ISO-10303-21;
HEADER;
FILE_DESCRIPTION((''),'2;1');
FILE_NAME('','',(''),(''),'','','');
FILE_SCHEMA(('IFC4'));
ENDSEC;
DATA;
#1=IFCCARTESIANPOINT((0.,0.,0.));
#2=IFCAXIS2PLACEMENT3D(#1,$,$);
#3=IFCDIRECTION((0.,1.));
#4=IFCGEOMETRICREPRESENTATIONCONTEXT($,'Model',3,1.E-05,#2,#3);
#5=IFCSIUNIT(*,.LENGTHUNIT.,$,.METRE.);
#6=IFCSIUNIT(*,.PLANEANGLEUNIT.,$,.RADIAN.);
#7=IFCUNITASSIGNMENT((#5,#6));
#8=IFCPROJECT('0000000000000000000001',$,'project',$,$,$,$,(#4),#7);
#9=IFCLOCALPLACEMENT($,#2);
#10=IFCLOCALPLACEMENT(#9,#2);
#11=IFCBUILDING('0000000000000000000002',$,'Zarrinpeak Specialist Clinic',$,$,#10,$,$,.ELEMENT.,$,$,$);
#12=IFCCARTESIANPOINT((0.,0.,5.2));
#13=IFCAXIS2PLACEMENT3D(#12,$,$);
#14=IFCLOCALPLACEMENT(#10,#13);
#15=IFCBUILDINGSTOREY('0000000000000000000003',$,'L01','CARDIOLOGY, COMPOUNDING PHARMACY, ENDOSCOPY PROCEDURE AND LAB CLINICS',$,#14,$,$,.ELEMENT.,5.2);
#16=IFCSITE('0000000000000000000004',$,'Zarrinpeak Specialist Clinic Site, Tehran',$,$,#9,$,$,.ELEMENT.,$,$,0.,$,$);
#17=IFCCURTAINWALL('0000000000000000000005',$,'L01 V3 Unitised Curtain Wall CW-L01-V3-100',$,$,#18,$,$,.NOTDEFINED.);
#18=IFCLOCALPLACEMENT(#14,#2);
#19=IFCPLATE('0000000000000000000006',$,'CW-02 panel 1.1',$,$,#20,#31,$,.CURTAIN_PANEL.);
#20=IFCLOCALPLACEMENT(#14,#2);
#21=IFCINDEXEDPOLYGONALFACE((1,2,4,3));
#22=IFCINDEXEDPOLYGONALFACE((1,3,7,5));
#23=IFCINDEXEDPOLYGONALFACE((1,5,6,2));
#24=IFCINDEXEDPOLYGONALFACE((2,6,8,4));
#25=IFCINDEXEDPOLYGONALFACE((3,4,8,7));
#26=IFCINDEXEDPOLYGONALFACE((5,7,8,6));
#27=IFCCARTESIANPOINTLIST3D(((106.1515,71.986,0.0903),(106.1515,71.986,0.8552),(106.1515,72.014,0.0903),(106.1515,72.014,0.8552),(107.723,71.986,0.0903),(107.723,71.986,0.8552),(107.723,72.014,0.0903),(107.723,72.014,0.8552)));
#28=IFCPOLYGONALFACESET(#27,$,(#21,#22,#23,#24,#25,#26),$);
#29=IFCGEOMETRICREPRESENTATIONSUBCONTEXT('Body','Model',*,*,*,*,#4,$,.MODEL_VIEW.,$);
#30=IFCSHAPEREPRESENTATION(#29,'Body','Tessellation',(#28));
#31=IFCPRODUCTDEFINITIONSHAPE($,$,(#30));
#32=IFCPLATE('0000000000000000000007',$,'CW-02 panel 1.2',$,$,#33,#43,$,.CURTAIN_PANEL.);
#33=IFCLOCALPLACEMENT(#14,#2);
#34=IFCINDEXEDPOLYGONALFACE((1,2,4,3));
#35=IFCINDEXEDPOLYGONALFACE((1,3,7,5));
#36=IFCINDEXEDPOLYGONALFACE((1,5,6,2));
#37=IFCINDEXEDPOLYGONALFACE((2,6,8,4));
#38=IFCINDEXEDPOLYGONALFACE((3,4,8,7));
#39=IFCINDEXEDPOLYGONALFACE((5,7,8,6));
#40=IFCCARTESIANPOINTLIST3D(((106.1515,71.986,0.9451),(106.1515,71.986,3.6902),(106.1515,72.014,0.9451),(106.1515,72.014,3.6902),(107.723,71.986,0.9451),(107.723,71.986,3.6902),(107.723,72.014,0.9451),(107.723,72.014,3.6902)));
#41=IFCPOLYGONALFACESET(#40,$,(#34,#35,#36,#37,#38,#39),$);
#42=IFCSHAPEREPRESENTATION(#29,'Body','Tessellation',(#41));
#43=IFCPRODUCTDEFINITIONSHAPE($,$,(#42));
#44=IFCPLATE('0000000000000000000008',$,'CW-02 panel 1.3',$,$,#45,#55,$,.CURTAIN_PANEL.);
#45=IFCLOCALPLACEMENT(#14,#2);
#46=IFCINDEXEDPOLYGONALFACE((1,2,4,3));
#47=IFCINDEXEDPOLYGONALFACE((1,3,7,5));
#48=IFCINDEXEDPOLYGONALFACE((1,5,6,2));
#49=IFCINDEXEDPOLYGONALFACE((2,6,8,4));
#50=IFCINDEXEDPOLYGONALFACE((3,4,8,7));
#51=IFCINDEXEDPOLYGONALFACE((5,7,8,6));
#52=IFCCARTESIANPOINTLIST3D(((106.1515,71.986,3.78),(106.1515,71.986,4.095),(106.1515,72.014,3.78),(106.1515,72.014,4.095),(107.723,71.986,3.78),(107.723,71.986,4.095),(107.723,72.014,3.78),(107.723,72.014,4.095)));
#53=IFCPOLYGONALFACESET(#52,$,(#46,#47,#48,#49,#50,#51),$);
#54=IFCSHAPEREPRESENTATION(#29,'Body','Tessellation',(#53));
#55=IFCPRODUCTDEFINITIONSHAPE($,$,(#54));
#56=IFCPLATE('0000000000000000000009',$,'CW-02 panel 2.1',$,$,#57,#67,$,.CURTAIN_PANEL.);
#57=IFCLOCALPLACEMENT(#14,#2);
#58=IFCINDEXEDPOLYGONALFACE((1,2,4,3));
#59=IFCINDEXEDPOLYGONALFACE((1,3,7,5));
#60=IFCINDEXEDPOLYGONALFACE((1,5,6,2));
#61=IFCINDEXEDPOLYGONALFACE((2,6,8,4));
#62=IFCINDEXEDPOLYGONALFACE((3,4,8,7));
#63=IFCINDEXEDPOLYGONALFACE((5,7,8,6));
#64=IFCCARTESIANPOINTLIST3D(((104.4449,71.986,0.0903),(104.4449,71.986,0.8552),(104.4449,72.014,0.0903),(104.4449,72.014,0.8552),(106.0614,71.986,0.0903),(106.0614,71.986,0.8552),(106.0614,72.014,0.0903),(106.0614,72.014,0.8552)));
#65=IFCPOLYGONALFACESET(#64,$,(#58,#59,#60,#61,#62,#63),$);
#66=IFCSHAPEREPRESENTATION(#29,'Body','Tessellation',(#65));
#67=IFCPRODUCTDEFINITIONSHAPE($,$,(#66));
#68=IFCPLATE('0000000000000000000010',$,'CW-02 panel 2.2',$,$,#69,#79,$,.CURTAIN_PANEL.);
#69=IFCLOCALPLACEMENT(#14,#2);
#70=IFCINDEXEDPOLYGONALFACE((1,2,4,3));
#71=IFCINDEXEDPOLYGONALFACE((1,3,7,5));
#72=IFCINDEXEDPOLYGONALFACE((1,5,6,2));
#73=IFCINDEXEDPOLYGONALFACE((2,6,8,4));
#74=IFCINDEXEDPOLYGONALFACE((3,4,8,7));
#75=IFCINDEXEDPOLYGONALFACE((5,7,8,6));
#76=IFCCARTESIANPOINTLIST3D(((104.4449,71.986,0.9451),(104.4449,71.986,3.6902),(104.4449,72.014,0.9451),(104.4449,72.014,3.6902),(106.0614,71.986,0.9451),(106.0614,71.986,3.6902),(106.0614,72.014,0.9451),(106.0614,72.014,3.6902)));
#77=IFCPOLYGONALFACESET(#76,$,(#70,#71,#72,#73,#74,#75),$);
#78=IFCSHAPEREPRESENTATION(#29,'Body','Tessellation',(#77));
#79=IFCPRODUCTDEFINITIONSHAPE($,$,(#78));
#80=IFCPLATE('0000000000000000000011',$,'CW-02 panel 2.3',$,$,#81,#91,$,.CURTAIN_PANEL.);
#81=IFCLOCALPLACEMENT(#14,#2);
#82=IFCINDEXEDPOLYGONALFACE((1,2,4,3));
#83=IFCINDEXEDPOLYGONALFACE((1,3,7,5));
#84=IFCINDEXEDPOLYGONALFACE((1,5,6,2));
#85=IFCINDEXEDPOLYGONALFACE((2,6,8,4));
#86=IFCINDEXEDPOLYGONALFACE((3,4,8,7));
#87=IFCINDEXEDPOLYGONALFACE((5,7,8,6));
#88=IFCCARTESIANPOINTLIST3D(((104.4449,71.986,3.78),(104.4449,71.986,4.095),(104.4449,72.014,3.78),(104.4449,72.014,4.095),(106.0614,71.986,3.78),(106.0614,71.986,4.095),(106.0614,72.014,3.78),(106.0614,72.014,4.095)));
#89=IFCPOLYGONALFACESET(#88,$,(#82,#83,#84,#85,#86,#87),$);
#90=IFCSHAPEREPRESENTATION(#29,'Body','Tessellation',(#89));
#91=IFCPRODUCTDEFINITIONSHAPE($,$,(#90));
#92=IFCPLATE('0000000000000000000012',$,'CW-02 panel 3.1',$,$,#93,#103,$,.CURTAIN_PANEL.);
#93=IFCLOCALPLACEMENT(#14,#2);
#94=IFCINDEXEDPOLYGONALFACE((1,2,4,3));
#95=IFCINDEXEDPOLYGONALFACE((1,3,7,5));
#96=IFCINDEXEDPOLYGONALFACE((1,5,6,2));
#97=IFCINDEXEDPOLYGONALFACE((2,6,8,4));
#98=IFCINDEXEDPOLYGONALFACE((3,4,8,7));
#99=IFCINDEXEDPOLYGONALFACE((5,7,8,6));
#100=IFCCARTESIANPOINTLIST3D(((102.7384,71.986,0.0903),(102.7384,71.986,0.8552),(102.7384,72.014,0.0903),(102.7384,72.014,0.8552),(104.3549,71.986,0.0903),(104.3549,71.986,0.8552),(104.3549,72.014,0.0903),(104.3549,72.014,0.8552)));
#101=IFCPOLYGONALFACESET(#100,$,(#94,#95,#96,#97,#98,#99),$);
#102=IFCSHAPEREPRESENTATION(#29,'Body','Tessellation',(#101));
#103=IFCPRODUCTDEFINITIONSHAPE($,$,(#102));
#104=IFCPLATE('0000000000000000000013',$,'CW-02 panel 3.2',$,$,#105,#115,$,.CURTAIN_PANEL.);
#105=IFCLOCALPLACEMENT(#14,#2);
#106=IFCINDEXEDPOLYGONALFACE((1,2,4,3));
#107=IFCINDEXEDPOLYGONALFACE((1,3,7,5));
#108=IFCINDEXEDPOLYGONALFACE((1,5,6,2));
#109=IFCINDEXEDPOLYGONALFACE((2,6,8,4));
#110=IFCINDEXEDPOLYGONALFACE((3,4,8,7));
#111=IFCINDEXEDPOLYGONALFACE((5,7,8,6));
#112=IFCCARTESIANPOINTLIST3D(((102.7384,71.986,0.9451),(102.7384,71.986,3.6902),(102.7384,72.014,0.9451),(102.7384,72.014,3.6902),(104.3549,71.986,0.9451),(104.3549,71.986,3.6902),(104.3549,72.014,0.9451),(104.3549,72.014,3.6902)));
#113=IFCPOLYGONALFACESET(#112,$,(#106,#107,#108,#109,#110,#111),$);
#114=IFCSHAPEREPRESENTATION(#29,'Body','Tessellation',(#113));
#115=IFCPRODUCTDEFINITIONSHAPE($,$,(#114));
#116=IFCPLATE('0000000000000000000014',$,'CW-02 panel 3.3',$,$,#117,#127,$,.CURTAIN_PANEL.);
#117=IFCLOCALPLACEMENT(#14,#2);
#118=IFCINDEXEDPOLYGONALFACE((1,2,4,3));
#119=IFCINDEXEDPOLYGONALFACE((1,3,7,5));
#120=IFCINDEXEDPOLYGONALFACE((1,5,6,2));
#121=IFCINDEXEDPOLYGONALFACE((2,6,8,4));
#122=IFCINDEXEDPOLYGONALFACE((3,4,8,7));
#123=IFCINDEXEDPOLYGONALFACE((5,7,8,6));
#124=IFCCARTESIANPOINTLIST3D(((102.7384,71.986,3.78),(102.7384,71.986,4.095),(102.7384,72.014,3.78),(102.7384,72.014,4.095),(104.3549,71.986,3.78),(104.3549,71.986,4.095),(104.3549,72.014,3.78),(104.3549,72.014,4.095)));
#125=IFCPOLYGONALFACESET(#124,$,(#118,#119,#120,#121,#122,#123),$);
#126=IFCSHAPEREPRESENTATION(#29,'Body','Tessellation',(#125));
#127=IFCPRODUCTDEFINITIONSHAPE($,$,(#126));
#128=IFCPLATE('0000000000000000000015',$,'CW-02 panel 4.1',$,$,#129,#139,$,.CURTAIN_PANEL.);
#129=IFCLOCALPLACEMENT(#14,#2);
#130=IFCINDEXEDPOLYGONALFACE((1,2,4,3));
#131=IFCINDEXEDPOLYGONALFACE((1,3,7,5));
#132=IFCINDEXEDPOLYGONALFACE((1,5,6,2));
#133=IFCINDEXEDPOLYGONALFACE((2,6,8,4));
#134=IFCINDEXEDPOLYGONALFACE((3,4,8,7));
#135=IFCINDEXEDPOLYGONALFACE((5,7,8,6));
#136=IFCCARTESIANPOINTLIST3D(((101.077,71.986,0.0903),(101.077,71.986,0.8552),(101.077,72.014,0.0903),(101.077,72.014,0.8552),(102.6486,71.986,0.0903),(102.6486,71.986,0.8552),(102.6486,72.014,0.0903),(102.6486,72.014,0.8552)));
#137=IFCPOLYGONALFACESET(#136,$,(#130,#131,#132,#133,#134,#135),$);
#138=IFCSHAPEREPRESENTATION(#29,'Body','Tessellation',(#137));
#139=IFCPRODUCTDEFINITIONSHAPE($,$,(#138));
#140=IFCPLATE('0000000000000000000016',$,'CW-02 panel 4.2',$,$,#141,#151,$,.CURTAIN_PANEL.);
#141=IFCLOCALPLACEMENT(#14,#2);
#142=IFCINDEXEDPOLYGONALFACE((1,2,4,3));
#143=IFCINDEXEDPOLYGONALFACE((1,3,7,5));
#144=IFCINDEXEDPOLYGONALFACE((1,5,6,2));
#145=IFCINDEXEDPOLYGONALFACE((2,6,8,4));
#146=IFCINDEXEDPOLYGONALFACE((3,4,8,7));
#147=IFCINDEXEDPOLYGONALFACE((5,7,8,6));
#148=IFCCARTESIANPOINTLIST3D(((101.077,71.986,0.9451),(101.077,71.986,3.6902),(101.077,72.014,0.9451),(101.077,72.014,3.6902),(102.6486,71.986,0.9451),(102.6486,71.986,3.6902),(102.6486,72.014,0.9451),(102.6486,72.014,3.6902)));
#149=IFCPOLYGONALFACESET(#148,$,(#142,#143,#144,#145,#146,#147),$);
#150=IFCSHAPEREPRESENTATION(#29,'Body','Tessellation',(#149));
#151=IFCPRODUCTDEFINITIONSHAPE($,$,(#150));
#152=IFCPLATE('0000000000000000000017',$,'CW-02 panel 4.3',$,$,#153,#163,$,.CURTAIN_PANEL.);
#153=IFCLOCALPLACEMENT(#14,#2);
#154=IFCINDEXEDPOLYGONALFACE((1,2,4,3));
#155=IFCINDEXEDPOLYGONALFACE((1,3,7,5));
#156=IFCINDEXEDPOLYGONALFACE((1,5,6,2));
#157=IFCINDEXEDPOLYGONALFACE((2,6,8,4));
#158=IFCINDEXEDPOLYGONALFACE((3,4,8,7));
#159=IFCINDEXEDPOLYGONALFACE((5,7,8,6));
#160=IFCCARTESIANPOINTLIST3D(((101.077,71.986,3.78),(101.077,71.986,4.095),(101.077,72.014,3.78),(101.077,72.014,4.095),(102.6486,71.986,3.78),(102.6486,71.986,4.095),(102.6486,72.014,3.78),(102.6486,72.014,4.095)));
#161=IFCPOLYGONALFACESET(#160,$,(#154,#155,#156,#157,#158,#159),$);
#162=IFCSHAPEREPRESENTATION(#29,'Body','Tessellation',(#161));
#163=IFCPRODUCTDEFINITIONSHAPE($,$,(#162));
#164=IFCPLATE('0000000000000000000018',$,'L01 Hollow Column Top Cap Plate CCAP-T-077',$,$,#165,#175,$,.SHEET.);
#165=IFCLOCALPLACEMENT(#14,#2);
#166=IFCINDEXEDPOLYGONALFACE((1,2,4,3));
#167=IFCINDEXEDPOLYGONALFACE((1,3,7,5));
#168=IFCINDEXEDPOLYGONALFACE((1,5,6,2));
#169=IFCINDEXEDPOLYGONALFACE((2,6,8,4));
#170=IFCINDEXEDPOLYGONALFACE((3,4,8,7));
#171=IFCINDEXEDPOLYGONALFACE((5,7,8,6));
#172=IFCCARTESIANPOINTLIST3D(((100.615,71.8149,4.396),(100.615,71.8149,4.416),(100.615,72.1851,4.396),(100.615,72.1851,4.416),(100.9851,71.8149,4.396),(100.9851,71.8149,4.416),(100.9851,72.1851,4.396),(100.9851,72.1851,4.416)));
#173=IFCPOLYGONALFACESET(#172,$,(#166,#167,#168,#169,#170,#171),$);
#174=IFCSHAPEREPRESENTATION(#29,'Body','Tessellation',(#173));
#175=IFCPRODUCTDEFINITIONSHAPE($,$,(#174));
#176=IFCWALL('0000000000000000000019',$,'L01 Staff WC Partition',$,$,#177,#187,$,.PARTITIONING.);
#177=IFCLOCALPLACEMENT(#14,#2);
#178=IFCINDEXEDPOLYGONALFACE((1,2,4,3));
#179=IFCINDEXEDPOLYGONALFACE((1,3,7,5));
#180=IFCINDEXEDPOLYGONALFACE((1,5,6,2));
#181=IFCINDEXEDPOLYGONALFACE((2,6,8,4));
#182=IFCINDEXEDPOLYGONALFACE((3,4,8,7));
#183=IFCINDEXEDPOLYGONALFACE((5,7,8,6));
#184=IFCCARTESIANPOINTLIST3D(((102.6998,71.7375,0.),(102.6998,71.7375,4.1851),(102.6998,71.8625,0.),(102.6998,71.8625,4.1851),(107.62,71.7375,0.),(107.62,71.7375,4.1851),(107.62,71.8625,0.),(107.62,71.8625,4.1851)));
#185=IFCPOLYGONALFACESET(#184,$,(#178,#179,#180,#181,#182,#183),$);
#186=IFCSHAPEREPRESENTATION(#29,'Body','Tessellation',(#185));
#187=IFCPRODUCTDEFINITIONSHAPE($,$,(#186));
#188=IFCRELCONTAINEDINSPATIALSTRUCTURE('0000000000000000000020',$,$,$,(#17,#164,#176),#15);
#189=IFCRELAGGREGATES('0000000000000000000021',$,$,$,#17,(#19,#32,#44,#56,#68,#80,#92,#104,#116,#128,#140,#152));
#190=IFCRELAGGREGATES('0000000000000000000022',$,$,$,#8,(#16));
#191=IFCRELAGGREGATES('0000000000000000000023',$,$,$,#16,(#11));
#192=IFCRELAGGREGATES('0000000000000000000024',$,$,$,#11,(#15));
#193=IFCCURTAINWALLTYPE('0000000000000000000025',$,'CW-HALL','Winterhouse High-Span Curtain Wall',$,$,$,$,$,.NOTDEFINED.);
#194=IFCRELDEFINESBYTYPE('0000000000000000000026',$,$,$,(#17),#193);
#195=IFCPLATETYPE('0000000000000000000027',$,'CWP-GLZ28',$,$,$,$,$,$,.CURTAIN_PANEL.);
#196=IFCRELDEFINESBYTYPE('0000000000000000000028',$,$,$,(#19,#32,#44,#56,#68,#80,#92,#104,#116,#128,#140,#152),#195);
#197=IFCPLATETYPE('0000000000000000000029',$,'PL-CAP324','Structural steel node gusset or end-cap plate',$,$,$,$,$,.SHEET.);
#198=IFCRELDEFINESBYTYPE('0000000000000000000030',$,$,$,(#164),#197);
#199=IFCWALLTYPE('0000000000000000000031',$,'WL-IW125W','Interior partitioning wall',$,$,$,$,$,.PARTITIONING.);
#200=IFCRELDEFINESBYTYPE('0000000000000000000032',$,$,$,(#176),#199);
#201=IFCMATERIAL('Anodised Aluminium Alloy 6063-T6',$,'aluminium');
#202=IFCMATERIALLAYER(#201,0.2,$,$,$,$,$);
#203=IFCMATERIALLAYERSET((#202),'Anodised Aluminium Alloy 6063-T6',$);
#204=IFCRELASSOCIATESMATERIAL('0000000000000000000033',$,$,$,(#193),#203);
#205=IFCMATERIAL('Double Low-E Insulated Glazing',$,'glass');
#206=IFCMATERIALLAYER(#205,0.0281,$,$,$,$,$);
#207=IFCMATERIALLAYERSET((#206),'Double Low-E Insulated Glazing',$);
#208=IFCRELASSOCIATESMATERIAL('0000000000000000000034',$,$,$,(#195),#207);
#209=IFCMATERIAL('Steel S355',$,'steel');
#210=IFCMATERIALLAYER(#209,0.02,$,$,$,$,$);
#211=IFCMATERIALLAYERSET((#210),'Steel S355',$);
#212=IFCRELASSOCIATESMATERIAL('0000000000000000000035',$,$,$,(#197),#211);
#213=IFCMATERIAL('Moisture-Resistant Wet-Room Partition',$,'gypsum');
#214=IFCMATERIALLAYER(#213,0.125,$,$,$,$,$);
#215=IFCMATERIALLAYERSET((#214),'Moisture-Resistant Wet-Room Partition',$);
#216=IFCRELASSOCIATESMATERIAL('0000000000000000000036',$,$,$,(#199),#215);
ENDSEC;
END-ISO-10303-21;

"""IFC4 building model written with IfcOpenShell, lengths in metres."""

from ifc_helpers import new_model, si_unit, direction, frame, frame_2d, origin, origin_2d, place, context, subcontext, project, spatial, rectangle, extrude, material, layer, layer_set, type_object, element, aggregate, save


model = new_model("IFC4")

# Units and contexts
model_context = context("Model", 3, precision=1e-05, world=origin(), true_north=direction((0.0, 1.0)))
body_context = subcontext(model_context, "Body", "Model", "MODEL_VIEW")
ifc_project = project(units=[si_unit("LENGTHUNIT", "METRE"), si_unit("PLANEANGLEUNIT", "RADIAN")], contexts=[model_context])

# Site, building, storey
site_placement = place(None, origin())
site = spatial("IfcSite", under=ifc_project, at=site_placement, Name="Zarrinpeak Specialist Clinic Site, Tehran", CompositionType="ELEMENT", RefElevation=0.0)
building_placement = place(site_placement, origin())
building = spatial("IfcBuilding", under=site, at=building_placement, Name="Zarrinpeak Specialist Clinic", CompositionType="ELEMENT")
storey_placement = place(building_placement, frame((0.0, 0.0, 5.2)))
storey = spatial("IfcBuildingStorey", under=building, at=storey_placement, Name="L01", Description="CARDIOLOGY, COMPOUNDING PHARMACY, ENDOSCOPY PROCEDURE AND LAB CLINICS", CompositionType="ELEMENT", Elevation=5.2)

# Shared definitions
ifc_material_1 = material(Name="Steel S355", Category="steel")

# Shared definitions
ifc_material_2 = material(Name="Anodised Aluminium Alloy 6063-T6", Category="aluminium")
ifc_layer_1 = layer(ifc_material_2, 0.2)
ifc_layer_set_1 = layer_set([ifc_layer_1], Name="Anodised Aluminium Alloy 6063-T6")
curtain_wall_type = type_object("IfcCurtainWallType", Name="CW-HALL", Description="Winterhouse High-Span Curtain Wall", PredefinedType="NOTDEFINED", material=ifc_layer_set_1)

# Curtain wall, plates
curtain_wall_1_placement = place(storey_placement, origin())
curtain_wall_1 = element("IfcCurtainWall", 1, at=curtain_wall_1_placement, inside=storey, type_object=curtain_wall_type, Name="L01 V3 Unitised Curtain Wall CW-L01-V3-100", PredefinedType="NOTDEFINED")
ifc_material_3 = material(Name="Double Low-E Insulated Glazing", Category="glass")
ifc_layer_2 = layer(ifc_material_3, 0.0281)
ifc_layer_set_2 = layer_set([ifc_layer_2], Name="Double Low-E Insulated Glazing")
plate_type_1 = type_object("IfcPlateType", Name="CWP-GLZ28", PredefinedType="CURTAIN_PANEL", material=ifc_layer_set_2)
plate_1_placement = place(storey_placement, frame((106.9373, 72.0, 0.0903), z_axis=(0.0, 0.0, 1.0), x_axis=(-1.0, 0.0, 0.0)))
plate_1 = element("IfcPlate", 2, at=plate_1_placement, type_object=plate_type_1, Name="CW-02 panel 1.1", PredefinedType="CURTAIN_PANEL", context=body_context, shape_type="SweptSolid", body=[
    extrude(rectangle(XDim=1.5715, YDim=0.0281, at=origin_2d()), origin(), (0.0, 0.0, 1.0), 0.7649),
])
plate_2_placement = place(storey_placement, frame((106.9373, 72.0, 0.9451), z_axis=(0.0, 0.0, 1.0), x_axis=(-1.0, 0.0, 0.0)))
plate_2 = element("IfcPlate", 3, at=plate_2_placement, type_object=plate_type_1, Name="CW-02 panel 1.2", PredefinedType="CURTAIN_PANEL", context=body_context, shape_type="SweptSolid", body=[
    extrude(rectangle(XDim=1.5715, YDim=0.0281, at=origin_2d()), origin(), (0.0, 0.0, 1.0), 2.7451),
])
plate_3_placement = place(storey_placement, frame((106.9373, 72.0, 3.78), z_axis=(0.0, 0.0, 1.0), x_axis=(-1.0, 0.0, 0.0)))
plate_3 = element("IfcPlate", 4, at=plate_3_placement, type_object=plate_type_1, Name="CW-02 panel 1.3", PredefinedType="CURTAIN_PANEL", context=body_context, shape_type="SweptSolid", body=[
    extrude(rectangle(XDim=1.5715, YDim=0.0281, at=origin_2d()), origin(), (0.0, 0.0, 1.0), 0.3149),
])
plate_4_placement = place(storey_placement, frame((105.2532, 72.0, 0.0903), z_axis=(0.0, 0.0, 1.0), x_axis=(-1.0, 0.0, 0.0)))
plate_4 = element("IfcPlate", 5, at=plate_4_placement, type_object=plate_type_1, Name="CW-02 panel 2.1", PredefinedType="CURTAIN_PANEL", context=body_context, shape_type="SweptSolid", body=[
    extrude(rectangle(XDim=1.6165, YDim=0.0281, at=origin_2d()), origin(), (0.0, 0.0, 1.0), 0.7649),
])
plate_5_placement = place(storey_placement, frame((105.2532, 72.0, 0.9451), z_axis=(0.0, 0.0, 1.0), x_axis=(-1.0, 0.0, 0.0)))
plate_5 = element("IfcPlate", 6, at=plate_5_placement, type_object=plate_type_1, Name="CW-02 panel 2.2", PredefinedType="CURTAIN_PANEL", context=body_context, shape_type="SweptSolid", body=[
    extrude(rectangle(XDim=1.6165, YDim=0.0281, at=origin_2d()), origin(), (0.0, 0.0, 1.0), 2.7451),
])
plate_6_placement = place(storey_placement, frame((105.2532, 72.0, 3.78), z_axis=(0.0, 0.0, 1.0), x_axis=(-1.0, 0.0, 0.0)))
plate_6 = element("IfcPlate", 7, at=plate_6_placement, type_object=plate_type_1, Name="CW-02 panel 2.3", PredefinedType="CURTAIN_PANEL", context=body_context, shape_type="SweptSolid", body=[
    extrude(rectangle(XDim=1.6165, YDim=0.0281, at=origin_2d()), origin(), (0.0, 0.0, 1.0), 0.3149),
])
plate_7_placement = place(storey_placement, frame((103.5466, 72.0, 0.0903), z_axis=(0.0, 0.0, 1.0), x_axis=(-1.0, 0.0, 0.0)))
plate_7 = element("IfcPlate", 8, at=plate_7_placement, type_object=plate_type_1, Name="CW-02 panel 3.1", PredefinedType="CURTAIN_PANEL", context=body_context, shape_type="SweptSolid", body=[
    extrude(rectangle(XDim=1.6165, YDim=0.0281, at=origin_2d()), origin(), (0.0, 0.0, 1.0), 0.7649),
])
plate_8_placement = place(storey_placement, frame((103.5466, 72.0, 0.9451), z_axis=(0.0, 0.0, 1.0), x_axis=(-1.0, 0.0, 0.0)))
plate_8 = element("IfcPlate", 9, at=plate_8_placement, type_object=plate_type_1, Name="CW-02 panel 3.2", PredefinedType="CURTAIN_PANEL", context=body_context, shape_type="SweptSolid", body=[
    extrude(rectangle(XDim=1.6165, YDim=0.0281, at=origin_2d()), origin(), (0.0, 0.0, 1.0), 2.7451),
])
plate_9_placement = place(storey_placement, frame((103.5466, 72.0, 3.78), z_axis=(0.0, 0.0, 1.0), x_axis=(-1.0, 0.0, 0.0)))
plate_9 = element("IfcPlate", 10, at=plate_9_placement, type_object=plate_type_1, Name="CW-02 panel 3.3", PredefinedType="CURTAIN_PANEL", context=body_context, shape_type="SweptSolid", body=[
    extrude(rectangle(XDim=1.6165, YDim=0.0281, at=origin_2d()), origin(), (0.0, 0.0, 1.0), 0.3149),
])
plate_10_placement = place(storey_placement, frame((101.8628, 72.0, 0.0903), z_axis=(0.0, 0.0, 1.0), x_axis=(-1.0, 0.0, 0.0)))
plate_10 = element("IfcPlate", 11, at=plate_10_placement, type_object=plate_type_1, Name="CW-02 panel 4.1", PredefinedType="CURTAIN_PANEL", context=body_context, shape_type="SweptSolid", body=[
    extrude(rectangle(XDim=1.5715, YDim=0.0281, at=origin_2d()), origin(), (0.0, 0.0, 1.0), 0.7649),
])
plate_11_placement = place(storey_placement, frame((101.8628, 72.0, 0.9451), z_axis=(0.0, 0.0, 1.0), x_axis=(-1.0, 0.0, 0.0)))
plate_11 = element("IfcPlate", 12, at=plate_11_placement, type_object=plate_type_1, Name="CW-02 panel 4.2", PredefinedType="CURTAIN_PANEL", context=body_context, shape_type="SweptSolid", body=[
    extrude(rectangle(XDim=1.5715, YDim=0.0281, at=origin_2d()), origin(), (0.0, 0.0, 1.0), 2.7451),
])
plate_12_placement = place(storey_placement, frame((101.8628, 72.0, 3.78), z_axis=(0.0, 0.0, 1.0), x_axis=(-1.0, 0.0, 0.0)))
plate_12 = element("IfcPlate", 13, at=plate_12_placement, type_object=plate_type_1, Name="CW-02 panel 4.3", PredefinedType="CURTAIN_PANEL", context=body_context, shape_type="SweptSolid", body=[
    extrude(rectangle(XDim=1.5715, YDim=0.0281, at=origin_2d()), origin(), (0.0, 0.0, 1.0), 0.3149),
])
aggregate(curtain_wall_1, [plate_1, plate_2, plate_3, plate_4, plate_5, plate_6, plate_7, plate_8, plate_9, plate_10, plate_11, plate_12])

# Plate
ifc_layer_3 = layer(ifc_material_1, 0.02)
ifc_layer_set_3 = layer_set([ifc_layer_3], Name="Steel S355")
plate_type_2 = type_object("IfcPlateType", Name="PL-CAP324", Description="Structural steel node gusset or end-cap plate", PredefinedType="SHEET", material=ifc_layer_set_3)
plate_13_placement = place(storey_placement, frame((100.8, 72.0, 4.396), z_axis=(0.0, 0.0, 1.0), x_axis=(1.0, 0.0, 0.0)))
element("IfcPlate", 14, at=plate_13_placement, inside=storey, type_object=plate_type_2, Name="L01 Hollow Column Top Cap Plate CCAP-T-077", PredefinedType="SHEET", context=body_context, shape_type="SweptSolid", body=[
    extrude(rectangle(XDim=0.3701, YDim=0.3701, at=origin_2d()), origin(), (0.0, 0.0, 1.0), 0.02),
])

# Wall
ifc_material_4 = material(Name="Moisture-Resistant Wet-Room Partition", Category="gypsum")
ifc_layer_4 = layer(ifc_material_4, 0.125)
ifc_layer_set_4 = layer_set([ifc_layer_4], Name="Moisture-Resistant Wet-Room Partition")
wall_type = type_object("IfcWallType", Name="WL-IW125W", Description="Interior partitioning wall", PredefinedType="PARTITIONING", material=ifc_layer_set_4)
wall_placement = place(storey_placement, frame((102.7, 71.8, 0.0), z_axis=(0.0, 0.0, 1.0), x_axis=(1.0, 0.0, 0.0)))
element("IfcWall", 15, at=wall_placement, inside=storey, type_object=wall_type, Name="L01 Staff WC Partition", PredefinedType="PARTITIONING", context=body_context, shape_type="SweptSolid", body=[
    extrude(rectangle(XDim=4.9202, YDim=0.125, at=frame_2d((2.46, 0.0))), origin(), (0.0, 0.0, 1.0), 4.1851),
])

save(model, "model.ifc")
